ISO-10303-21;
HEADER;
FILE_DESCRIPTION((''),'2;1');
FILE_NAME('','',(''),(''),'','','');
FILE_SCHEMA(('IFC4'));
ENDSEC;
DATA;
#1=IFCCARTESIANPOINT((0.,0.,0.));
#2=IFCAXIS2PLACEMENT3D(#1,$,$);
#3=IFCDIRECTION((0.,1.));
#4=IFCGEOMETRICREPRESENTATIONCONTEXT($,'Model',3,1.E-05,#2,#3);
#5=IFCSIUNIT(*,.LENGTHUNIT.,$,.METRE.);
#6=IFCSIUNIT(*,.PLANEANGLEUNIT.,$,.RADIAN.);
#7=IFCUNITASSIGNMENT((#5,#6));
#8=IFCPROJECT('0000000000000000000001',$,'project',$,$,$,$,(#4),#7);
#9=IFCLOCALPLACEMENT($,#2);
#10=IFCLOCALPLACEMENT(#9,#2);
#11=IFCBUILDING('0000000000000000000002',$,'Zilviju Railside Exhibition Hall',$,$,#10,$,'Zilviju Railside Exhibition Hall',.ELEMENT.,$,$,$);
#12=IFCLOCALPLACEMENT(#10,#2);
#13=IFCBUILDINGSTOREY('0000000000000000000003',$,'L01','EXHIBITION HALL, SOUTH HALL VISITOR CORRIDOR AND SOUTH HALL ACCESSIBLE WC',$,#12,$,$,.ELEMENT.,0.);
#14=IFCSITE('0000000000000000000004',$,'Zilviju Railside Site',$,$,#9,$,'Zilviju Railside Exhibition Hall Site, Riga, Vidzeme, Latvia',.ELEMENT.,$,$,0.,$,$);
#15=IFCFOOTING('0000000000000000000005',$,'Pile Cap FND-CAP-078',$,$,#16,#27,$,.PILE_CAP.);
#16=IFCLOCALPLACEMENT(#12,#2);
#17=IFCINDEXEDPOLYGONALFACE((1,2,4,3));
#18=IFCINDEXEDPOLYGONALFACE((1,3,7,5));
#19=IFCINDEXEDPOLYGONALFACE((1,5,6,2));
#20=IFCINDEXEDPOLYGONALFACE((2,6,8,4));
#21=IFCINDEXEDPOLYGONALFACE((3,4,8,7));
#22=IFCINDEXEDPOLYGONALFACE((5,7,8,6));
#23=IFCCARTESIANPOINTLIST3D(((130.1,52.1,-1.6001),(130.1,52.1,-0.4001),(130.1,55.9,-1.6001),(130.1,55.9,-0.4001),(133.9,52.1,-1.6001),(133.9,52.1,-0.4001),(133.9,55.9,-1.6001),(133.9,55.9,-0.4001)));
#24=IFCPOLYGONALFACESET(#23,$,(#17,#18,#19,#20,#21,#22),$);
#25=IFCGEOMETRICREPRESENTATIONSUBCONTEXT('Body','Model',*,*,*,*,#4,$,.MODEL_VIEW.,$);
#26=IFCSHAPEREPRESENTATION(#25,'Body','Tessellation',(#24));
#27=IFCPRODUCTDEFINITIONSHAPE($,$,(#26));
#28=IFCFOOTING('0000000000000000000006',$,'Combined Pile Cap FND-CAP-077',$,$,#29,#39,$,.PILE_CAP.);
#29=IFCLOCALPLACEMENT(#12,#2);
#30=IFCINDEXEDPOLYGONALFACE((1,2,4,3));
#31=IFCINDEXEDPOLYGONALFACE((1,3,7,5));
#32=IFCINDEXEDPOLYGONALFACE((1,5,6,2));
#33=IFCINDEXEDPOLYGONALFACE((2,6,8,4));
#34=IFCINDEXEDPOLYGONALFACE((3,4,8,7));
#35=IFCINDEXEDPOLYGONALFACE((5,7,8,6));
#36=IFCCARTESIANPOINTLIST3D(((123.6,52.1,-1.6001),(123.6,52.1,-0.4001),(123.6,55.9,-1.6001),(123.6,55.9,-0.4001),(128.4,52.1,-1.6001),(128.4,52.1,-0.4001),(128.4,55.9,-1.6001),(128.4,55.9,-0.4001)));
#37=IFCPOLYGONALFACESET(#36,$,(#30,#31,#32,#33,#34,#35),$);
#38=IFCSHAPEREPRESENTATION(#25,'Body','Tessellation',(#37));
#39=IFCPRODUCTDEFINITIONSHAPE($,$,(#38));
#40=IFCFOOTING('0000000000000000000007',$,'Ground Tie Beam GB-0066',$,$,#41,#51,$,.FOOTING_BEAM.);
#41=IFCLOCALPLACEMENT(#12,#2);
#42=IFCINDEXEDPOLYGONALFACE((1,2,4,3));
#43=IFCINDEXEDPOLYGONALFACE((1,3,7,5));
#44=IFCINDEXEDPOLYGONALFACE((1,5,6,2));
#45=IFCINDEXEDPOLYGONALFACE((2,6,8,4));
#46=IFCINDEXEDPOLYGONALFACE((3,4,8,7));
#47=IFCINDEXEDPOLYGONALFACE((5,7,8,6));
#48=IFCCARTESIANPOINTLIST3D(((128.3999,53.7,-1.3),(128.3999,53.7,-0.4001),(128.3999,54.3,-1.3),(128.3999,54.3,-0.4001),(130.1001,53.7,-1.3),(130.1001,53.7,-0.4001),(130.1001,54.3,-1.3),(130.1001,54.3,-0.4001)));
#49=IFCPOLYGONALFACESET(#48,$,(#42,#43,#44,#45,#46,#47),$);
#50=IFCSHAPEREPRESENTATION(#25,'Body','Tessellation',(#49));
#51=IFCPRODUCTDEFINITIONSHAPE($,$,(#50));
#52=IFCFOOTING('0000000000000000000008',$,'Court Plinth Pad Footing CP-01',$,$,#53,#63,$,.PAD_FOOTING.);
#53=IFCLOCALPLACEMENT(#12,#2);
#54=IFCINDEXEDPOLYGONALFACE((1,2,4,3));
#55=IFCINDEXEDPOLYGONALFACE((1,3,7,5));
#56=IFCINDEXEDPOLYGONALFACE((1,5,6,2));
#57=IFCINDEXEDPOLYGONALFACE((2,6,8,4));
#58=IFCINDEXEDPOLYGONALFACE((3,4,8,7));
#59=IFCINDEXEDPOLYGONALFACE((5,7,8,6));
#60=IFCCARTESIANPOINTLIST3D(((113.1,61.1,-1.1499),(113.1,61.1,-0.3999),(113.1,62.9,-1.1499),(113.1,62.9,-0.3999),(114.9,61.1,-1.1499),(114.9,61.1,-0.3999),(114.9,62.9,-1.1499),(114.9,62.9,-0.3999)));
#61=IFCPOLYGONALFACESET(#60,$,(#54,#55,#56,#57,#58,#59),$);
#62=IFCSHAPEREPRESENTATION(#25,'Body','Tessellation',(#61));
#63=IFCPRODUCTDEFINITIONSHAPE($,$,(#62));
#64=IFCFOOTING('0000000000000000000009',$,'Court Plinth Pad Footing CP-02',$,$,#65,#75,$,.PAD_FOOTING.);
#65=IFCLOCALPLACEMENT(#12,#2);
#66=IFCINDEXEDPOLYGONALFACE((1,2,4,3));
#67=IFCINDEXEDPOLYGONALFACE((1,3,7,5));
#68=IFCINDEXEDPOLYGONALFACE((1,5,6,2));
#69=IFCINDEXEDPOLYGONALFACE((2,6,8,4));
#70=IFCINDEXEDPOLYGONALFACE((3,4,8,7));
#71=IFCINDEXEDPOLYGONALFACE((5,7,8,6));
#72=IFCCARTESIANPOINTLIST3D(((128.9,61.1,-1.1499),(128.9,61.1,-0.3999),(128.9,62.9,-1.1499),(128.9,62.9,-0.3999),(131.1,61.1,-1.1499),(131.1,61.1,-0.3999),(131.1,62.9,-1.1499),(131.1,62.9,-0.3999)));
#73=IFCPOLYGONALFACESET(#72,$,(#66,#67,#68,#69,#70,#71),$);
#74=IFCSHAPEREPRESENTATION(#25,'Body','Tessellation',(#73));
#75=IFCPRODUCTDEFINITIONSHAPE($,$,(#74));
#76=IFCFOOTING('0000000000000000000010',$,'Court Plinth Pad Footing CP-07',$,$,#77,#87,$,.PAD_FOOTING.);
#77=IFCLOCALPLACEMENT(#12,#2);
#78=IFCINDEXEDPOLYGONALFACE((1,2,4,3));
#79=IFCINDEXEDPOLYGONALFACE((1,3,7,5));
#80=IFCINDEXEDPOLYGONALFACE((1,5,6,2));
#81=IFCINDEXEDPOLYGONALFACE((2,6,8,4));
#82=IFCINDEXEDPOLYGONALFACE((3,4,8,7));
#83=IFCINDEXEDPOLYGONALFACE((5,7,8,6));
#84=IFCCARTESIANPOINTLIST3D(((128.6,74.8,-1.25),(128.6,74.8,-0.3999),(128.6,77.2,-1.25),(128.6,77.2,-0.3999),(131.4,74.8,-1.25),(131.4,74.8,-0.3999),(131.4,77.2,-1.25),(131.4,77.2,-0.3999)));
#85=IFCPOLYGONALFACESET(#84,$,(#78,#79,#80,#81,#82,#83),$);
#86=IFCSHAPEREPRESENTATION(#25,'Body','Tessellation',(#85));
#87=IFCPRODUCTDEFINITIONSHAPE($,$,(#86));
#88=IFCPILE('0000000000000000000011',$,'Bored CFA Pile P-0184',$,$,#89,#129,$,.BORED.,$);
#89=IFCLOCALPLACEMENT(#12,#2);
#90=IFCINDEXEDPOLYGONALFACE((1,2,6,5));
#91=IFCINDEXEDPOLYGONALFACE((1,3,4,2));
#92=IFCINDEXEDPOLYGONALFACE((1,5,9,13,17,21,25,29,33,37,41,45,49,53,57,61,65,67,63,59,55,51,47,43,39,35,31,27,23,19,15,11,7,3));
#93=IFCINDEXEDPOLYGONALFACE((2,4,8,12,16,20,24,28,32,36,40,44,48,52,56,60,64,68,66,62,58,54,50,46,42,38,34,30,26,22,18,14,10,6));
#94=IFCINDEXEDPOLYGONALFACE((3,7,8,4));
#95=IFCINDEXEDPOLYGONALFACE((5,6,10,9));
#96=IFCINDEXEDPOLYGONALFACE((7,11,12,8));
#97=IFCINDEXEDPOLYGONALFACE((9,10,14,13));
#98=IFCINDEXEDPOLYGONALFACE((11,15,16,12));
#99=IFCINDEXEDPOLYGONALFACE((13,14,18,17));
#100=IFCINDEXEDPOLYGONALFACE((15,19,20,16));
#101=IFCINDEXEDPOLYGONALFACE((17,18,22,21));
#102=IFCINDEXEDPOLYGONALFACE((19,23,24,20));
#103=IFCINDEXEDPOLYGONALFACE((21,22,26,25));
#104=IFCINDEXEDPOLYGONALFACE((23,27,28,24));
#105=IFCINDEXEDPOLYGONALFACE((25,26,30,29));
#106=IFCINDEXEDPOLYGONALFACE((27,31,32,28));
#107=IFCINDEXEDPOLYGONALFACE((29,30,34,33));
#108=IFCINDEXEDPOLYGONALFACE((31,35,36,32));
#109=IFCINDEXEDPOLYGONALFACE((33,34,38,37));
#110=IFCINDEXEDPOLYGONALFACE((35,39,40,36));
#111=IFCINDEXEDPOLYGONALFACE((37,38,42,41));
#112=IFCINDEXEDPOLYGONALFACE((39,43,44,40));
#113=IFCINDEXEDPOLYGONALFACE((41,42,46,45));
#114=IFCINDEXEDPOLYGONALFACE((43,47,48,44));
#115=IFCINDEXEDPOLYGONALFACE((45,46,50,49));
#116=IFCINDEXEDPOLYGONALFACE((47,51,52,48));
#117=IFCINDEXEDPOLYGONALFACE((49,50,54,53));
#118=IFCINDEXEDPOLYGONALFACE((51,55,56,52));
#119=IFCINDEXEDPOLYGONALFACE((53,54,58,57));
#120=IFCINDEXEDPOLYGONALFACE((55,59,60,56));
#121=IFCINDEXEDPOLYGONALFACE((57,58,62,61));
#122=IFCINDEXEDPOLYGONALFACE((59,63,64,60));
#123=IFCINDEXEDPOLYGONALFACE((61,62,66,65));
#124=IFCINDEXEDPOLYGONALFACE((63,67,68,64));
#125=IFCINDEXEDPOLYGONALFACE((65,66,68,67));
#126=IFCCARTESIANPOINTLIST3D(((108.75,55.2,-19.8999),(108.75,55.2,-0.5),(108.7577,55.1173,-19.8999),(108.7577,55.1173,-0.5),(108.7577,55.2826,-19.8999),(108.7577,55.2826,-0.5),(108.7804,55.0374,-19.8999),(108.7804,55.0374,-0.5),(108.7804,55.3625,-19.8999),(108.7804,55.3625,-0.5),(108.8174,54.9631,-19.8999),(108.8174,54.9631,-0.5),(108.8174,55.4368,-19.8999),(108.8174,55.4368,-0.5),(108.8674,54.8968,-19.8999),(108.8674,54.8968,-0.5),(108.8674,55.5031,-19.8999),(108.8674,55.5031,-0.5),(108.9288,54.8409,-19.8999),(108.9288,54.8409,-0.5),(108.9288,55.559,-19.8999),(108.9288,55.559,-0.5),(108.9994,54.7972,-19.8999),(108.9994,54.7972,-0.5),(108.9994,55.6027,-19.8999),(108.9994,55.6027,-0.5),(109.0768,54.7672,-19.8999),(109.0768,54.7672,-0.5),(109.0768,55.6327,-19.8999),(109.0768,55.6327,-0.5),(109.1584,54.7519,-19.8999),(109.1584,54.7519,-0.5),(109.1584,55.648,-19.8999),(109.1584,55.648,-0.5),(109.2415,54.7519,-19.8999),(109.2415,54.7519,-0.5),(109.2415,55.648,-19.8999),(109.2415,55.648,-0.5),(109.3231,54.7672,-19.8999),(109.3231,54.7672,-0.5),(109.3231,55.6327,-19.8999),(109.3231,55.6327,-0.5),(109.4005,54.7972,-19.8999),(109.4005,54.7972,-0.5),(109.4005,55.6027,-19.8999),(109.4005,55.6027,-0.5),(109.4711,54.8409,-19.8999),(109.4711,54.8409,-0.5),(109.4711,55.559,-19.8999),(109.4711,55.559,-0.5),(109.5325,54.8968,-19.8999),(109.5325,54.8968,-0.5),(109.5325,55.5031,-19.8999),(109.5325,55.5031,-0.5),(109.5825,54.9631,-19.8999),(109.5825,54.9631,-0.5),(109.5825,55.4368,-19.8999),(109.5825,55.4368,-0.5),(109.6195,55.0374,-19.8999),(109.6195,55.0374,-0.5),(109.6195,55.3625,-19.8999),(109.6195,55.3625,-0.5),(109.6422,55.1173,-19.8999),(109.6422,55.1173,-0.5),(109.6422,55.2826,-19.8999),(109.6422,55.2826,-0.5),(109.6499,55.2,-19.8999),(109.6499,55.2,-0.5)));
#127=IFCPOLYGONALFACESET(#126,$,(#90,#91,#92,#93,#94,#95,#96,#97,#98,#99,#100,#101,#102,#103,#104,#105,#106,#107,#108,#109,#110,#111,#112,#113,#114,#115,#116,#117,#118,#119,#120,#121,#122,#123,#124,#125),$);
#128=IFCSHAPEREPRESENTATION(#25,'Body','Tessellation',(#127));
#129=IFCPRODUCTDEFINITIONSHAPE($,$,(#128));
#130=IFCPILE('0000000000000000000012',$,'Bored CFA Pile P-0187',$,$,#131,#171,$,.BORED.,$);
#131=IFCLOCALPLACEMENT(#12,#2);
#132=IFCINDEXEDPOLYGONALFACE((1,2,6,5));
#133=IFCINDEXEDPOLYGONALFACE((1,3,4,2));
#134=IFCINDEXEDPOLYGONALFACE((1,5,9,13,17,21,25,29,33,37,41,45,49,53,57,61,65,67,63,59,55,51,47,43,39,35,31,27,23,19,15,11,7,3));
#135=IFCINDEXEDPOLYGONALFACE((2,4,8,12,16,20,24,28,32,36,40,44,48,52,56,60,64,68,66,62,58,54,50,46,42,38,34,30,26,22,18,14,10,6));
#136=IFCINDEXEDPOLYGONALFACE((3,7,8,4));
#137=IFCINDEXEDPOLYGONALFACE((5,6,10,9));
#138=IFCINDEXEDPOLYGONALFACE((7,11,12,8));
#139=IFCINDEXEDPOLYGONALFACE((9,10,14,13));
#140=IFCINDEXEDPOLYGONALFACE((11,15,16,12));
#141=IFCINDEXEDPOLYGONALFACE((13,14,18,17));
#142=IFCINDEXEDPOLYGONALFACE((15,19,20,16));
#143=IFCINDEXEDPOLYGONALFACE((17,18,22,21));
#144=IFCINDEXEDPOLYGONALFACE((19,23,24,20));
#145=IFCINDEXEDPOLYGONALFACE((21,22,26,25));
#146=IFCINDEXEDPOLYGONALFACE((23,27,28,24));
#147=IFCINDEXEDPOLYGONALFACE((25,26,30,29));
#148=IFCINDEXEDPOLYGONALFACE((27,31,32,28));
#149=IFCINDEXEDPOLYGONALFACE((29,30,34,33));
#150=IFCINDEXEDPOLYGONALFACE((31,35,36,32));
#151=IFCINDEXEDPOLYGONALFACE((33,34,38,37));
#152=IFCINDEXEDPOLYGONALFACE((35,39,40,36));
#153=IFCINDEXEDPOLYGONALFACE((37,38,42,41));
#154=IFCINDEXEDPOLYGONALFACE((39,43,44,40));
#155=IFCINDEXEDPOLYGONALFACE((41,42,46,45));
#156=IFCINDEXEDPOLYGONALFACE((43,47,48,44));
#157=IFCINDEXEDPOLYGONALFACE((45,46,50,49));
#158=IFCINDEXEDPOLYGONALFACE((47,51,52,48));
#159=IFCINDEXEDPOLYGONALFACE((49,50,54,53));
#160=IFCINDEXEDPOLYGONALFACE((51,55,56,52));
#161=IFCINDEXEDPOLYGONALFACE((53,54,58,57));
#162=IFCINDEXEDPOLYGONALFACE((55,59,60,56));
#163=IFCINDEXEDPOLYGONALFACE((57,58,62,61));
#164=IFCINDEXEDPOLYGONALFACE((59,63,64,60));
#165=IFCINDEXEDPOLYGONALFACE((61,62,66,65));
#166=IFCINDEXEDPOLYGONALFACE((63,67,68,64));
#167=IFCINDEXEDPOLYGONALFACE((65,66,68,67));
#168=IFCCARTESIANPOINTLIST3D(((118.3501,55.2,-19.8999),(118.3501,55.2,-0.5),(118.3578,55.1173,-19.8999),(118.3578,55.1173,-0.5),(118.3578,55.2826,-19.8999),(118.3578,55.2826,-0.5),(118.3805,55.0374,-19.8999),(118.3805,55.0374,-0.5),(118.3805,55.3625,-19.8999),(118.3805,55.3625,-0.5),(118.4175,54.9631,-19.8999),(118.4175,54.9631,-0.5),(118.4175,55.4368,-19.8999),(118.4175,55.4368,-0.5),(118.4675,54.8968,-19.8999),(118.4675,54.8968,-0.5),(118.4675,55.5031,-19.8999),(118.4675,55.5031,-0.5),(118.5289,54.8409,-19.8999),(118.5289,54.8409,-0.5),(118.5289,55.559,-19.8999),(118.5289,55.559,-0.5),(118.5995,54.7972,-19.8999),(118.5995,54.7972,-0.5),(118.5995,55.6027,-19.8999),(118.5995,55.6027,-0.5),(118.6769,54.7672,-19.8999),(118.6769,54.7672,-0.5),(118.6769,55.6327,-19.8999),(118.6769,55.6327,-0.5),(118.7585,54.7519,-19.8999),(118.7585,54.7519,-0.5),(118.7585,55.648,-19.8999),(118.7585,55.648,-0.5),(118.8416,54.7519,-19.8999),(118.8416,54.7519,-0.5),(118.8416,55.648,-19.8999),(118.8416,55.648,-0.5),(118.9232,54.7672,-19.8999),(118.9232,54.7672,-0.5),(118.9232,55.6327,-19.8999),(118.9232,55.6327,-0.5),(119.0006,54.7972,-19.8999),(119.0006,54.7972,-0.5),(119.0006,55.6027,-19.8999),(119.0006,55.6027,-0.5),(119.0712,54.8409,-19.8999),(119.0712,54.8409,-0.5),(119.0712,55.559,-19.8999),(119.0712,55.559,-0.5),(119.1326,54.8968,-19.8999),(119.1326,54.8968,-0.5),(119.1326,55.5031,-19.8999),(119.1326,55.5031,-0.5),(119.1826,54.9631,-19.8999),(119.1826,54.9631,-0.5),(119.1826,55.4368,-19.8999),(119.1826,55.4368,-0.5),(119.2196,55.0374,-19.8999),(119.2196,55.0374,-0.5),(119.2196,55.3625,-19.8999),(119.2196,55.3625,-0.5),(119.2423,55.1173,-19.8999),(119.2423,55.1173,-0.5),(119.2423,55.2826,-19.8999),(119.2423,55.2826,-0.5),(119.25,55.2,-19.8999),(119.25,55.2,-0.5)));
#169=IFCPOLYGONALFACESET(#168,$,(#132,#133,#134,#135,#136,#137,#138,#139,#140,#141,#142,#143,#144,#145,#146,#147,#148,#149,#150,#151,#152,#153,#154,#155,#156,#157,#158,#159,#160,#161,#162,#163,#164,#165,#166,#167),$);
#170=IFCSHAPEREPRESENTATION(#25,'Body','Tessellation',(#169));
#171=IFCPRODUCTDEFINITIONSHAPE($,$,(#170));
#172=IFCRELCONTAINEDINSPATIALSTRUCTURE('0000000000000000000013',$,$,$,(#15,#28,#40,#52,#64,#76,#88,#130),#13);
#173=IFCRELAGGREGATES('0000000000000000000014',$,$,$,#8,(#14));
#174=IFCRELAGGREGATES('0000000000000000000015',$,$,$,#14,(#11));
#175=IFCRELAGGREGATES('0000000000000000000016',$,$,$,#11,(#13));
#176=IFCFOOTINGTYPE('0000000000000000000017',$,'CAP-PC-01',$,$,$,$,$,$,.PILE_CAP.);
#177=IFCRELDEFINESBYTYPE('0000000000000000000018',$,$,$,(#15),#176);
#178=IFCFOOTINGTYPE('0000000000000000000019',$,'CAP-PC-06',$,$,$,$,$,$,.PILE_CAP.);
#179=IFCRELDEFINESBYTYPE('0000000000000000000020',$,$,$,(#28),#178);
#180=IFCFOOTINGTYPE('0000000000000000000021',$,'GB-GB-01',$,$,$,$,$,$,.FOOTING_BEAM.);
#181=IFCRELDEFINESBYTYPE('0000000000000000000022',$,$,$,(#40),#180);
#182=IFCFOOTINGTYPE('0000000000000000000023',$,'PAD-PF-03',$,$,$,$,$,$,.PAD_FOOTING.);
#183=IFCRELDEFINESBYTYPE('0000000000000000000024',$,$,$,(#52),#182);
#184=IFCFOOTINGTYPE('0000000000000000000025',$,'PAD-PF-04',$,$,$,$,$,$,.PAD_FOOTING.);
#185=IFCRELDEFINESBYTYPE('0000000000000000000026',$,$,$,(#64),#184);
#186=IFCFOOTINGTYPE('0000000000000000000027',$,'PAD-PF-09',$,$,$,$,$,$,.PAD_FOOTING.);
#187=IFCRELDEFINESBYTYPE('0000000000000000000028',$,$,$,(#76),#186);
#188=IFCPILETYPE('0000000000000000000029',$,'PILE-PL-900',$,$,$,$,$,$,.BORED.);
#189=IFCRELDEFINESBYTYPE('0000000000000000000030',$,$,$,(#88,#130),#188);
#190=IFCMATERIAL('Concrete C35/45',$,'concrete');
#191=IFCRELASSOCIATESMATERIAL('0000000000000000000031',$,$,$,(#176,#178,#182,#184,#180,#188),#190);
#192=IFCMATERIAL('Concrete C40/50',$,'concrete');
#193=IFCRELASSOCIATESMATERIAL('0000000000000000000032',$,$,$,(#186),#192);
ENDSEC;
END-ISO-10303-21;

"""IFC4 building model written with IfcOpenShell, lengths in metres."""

from ifc_helpers import new_model, si_unit, direction, frame, origin, origin_2d, place, context, subcontext, project, spatial, rectangle, circle, extrude, material, material_profile, profile_set, type_object, element, save


model = new_model("IFC4")

# Units and contexts
model_context = context("Model", 3, precision=1e-05, world=origin(), true_north=direction((0.0, 1.0)))
body_context = subcontext(model_context, "Body", "Model", "MODEL_VIEW")
ifc_project = project(units=[si_unit("LENGTHUNIT", "METRE"), si_unit("PLANEANGLEUNIT", "RADIAN")], contexts=[model_context])

# Site, building, storey
site_placement = place(None, origin())
site = spatial("IfcSite", under=ifc_project, at=site_placement, Name="Zilviju Railside Site", LongName="Zilviju Railside Exhibition Hall Site, Riga, Vidzeme, Latvia", CompositionType="ELEMENT", RefElevation=0.0)
building_placement = place(site_placement, origin())
building = spatial("IfcBuilding", under=site, at=building_placement, Name="Zilviju Railside Exhibition Hall", LongName="Zilviju Railside Exhibition Hall", CompositionType="ELEMENT")
storey_placement = place(building_placement, origin())
storey = spatial("IfcBuildingStorey", under=building, at=storey_placement, Name="L01", Description="EXHIBITION HALL, SOUTH HALL VISITOR CORRIDOR AND SOUTH HALL ACCESSIBLE WC", CompositionType="ELEMENT", Elevation=0.0)

# Footings
ifc_material_1 = material(Name="Concrete C35/45", Category="concrete")
footing_type_1 = type_object("IfcFootingType", Name="CAP-PC-01", PredefinedType="PILE_CAP", material=ifc_material_1)
footing_1_placement = place(storey_placement, frame((132.0, 54.0, -1.6001), z_axis=(0.0, 0.0, 1.0), x_axis=(1.0, 0.0, 0.0)))
element("IfcFooting", 1, at=footing_1_placement, inside=storey, type_object=footing_type_1, Name="Pile Cap FND-CAP-078", PredefinedType="PILE_CAP", context=body_context, shape_type="SweptSolid", body=[
    extrude(rectangle(XDim=3.8, YDim=3.8, at=origin_2d()), origin(), (0.0, 0.0, 1.0), 1.2),
])
footing_type_2 = type_object("IfcFootingType", Name="CAP-PC-06", PredefinedType="PILE_CAP", material=ifc_material_1)
footing_2_placement = place(storey_placement, frame((126.0, 54.0, -1.6001), z_axis=(0.0, 0.0, 1.0), x_axis=(1.0, 0.0, 0.0)))
element("IfcFooting", 2, at=footing_2_placement, inside=storey, type_object=footing_type_2, Name="Combined Pile Cap FND-CAP-077", PredefinedType="PILE_CAP", context=body_context, shape_type="SweptSolid", body=[
    extrude(rectangle(XDim=4.8, YDim=3.8, at=origin_2d()), origin(), (0.0, 0.0, 1.0), 1.2),
])
ifc_material_profile_1 = material_profile(ifc_material_1, rectangle(XDim=0.6001, YDim=0.8999, at=origin_2d()), Name="TIE BEAM 600x900")
ifc_profile_set_1 = profile_set([ifc_material_profile_1], Name="Concrete C35/45")
footing_type_3 = type_object("IfcFootingType", Name="GB-GB-01", PredefinedType="FOOTING_BEAM", material=ifc_profile_set_1)
footing_3_placement = place(storey_placement, frame((128.3999, 54.0, -0.8501), z_axis=(1.0, 0.0, 0.0), x_axis=(0.0, 1.0, 0.0)))
element("IfcFooting", 3, at=footing_3_placement, inside=storey, type_object=footing_type_3, Name="Ground Tie Beam GB-0066", PredefinedType="FOOTING_BEAM", context=body_context, shape_type="SweptSolid", body=[
    extrude(rectangle(XDim=0.6001, YDim=0.8999, at=origin_2d()), origin(), (0.0, 0.0, 1.0), 1.7002),
])
footing_type_4 = type_object("IfcFootingType", Name="PAD-PF-03", PredefinedType="PAD_FOOTING", material=ifc_material_1)
footing_4_placement = place(storey_placement, frame((114.0, 62.0, -1.1499), z_axis=(0.0, 0.0, 1.0), x_axis=(1.0, 0.0, 0.0)))
element("IfcFooting", 4, at=footing_4_placement, inside=storey, type_object=footing_type_4, Name="Court Plinth Pad Footing CP-01", PredefinedType="PAD_FOOTING", context=body_context, shape_type="SweptSolid", body=[
    extrude(rectangle(XDim=1.8, YDim=1.8, at=origin_2d()), origin(), (0.0, 0.0, 1.0), 0.75),
])
footing_type_5 = type_object("IfcFootingType", Name="PAD-PF-04", PredefinedType="PAD_FOOTING", material=ifc_material_1)
footing_5_placement = place(storey_placement, frame((130.0, 62.0, -1.1499), z_axis=(0.0, 0.0, 1.0), x_axis=(1.0, 0.0, 0.0)))
element("IfcFooting", 5, at=footing_5_placement, inside=storey, type_object=footing_type_5, Name="Court Plinth Pad Footing CP-02", PredefinedType="PAD_FOOTING", context=body_context, shape_type="SweptSolid", body=[
    extrude(rectangle(XDim=2.2, YDim=1.8, at=origin_2d()), origin(), (0.0, 0.0, 1.0), 0.75),
])
ifc_material_2 = material(Name="Concrete C40/50", Category="concrete")
footing_type_6 = type_object("IfcFootingType", Name="PAD-PF-09", PredefinedType="PAD_FOOTING", material=ifc_material_2)
footing_6_placement = place(storey_placement, frame((130.0, 76.0, -1.25), z_axis=(0.0, 0.0, 1.0), x_axis=(1.0, 0.0, 0.0)))
element("IfcFooting", 6, at=footing_6_placement, inside=storey, type_object=footing_type_6, Name="Court Plinth Pad Footing CP-07", PredefinedType="PAD_FOOTING", context=body_context, shape_type="SweptSolid", body=[
    extrude(rectangle(XDim=2.8, YDim=2.3999, at=origin_2d()), origin(), (0.0, 0.0, 1.0), 0.8501),
])

# Piles
ifc_material_profile_2 = material_profile(ifc_material_1, circle(Radius=0.45, at=origin_2d()), Name="CFA PILE D900")
ifc_profile_set_2 = profile_set([ifc_material_profile_2], Name="Concrete C35/45")
pile_type = type_object("IfcPileType", Name="PILE-PL-900", PredefinedType="BORED", material=ifc_profile_set_2)
for number, where, z_axis, x_axis, name in (
    (7, (109.2, 55.2, -0.5), (0.0, 0.0, -1.0), (1.0, 0.0, 0.0), "Bored CFA Pile P-0184"),
    (8, (118.8, 55.2, -0.5), (0.0, 0.0, -1.0), (1.0, 0.0, 0.0), "Bored CFA Pile P-0187"),
):
    element("IfcPile", number, at=place(storey_placement, frame(where, z_axis=z_axis, x_axis=x_axis)), inside=storey, type_object=pile_type, Name=name, PredefinedType="BORED", context=body_context, shape_type="SweptSolid", body=[
        extrude(circle(Radius=0.45, at=origin_2d()), origin(), (0.0, 0.0, 1.0), 19.3999),
    ])

save(model, "model.ifc")
